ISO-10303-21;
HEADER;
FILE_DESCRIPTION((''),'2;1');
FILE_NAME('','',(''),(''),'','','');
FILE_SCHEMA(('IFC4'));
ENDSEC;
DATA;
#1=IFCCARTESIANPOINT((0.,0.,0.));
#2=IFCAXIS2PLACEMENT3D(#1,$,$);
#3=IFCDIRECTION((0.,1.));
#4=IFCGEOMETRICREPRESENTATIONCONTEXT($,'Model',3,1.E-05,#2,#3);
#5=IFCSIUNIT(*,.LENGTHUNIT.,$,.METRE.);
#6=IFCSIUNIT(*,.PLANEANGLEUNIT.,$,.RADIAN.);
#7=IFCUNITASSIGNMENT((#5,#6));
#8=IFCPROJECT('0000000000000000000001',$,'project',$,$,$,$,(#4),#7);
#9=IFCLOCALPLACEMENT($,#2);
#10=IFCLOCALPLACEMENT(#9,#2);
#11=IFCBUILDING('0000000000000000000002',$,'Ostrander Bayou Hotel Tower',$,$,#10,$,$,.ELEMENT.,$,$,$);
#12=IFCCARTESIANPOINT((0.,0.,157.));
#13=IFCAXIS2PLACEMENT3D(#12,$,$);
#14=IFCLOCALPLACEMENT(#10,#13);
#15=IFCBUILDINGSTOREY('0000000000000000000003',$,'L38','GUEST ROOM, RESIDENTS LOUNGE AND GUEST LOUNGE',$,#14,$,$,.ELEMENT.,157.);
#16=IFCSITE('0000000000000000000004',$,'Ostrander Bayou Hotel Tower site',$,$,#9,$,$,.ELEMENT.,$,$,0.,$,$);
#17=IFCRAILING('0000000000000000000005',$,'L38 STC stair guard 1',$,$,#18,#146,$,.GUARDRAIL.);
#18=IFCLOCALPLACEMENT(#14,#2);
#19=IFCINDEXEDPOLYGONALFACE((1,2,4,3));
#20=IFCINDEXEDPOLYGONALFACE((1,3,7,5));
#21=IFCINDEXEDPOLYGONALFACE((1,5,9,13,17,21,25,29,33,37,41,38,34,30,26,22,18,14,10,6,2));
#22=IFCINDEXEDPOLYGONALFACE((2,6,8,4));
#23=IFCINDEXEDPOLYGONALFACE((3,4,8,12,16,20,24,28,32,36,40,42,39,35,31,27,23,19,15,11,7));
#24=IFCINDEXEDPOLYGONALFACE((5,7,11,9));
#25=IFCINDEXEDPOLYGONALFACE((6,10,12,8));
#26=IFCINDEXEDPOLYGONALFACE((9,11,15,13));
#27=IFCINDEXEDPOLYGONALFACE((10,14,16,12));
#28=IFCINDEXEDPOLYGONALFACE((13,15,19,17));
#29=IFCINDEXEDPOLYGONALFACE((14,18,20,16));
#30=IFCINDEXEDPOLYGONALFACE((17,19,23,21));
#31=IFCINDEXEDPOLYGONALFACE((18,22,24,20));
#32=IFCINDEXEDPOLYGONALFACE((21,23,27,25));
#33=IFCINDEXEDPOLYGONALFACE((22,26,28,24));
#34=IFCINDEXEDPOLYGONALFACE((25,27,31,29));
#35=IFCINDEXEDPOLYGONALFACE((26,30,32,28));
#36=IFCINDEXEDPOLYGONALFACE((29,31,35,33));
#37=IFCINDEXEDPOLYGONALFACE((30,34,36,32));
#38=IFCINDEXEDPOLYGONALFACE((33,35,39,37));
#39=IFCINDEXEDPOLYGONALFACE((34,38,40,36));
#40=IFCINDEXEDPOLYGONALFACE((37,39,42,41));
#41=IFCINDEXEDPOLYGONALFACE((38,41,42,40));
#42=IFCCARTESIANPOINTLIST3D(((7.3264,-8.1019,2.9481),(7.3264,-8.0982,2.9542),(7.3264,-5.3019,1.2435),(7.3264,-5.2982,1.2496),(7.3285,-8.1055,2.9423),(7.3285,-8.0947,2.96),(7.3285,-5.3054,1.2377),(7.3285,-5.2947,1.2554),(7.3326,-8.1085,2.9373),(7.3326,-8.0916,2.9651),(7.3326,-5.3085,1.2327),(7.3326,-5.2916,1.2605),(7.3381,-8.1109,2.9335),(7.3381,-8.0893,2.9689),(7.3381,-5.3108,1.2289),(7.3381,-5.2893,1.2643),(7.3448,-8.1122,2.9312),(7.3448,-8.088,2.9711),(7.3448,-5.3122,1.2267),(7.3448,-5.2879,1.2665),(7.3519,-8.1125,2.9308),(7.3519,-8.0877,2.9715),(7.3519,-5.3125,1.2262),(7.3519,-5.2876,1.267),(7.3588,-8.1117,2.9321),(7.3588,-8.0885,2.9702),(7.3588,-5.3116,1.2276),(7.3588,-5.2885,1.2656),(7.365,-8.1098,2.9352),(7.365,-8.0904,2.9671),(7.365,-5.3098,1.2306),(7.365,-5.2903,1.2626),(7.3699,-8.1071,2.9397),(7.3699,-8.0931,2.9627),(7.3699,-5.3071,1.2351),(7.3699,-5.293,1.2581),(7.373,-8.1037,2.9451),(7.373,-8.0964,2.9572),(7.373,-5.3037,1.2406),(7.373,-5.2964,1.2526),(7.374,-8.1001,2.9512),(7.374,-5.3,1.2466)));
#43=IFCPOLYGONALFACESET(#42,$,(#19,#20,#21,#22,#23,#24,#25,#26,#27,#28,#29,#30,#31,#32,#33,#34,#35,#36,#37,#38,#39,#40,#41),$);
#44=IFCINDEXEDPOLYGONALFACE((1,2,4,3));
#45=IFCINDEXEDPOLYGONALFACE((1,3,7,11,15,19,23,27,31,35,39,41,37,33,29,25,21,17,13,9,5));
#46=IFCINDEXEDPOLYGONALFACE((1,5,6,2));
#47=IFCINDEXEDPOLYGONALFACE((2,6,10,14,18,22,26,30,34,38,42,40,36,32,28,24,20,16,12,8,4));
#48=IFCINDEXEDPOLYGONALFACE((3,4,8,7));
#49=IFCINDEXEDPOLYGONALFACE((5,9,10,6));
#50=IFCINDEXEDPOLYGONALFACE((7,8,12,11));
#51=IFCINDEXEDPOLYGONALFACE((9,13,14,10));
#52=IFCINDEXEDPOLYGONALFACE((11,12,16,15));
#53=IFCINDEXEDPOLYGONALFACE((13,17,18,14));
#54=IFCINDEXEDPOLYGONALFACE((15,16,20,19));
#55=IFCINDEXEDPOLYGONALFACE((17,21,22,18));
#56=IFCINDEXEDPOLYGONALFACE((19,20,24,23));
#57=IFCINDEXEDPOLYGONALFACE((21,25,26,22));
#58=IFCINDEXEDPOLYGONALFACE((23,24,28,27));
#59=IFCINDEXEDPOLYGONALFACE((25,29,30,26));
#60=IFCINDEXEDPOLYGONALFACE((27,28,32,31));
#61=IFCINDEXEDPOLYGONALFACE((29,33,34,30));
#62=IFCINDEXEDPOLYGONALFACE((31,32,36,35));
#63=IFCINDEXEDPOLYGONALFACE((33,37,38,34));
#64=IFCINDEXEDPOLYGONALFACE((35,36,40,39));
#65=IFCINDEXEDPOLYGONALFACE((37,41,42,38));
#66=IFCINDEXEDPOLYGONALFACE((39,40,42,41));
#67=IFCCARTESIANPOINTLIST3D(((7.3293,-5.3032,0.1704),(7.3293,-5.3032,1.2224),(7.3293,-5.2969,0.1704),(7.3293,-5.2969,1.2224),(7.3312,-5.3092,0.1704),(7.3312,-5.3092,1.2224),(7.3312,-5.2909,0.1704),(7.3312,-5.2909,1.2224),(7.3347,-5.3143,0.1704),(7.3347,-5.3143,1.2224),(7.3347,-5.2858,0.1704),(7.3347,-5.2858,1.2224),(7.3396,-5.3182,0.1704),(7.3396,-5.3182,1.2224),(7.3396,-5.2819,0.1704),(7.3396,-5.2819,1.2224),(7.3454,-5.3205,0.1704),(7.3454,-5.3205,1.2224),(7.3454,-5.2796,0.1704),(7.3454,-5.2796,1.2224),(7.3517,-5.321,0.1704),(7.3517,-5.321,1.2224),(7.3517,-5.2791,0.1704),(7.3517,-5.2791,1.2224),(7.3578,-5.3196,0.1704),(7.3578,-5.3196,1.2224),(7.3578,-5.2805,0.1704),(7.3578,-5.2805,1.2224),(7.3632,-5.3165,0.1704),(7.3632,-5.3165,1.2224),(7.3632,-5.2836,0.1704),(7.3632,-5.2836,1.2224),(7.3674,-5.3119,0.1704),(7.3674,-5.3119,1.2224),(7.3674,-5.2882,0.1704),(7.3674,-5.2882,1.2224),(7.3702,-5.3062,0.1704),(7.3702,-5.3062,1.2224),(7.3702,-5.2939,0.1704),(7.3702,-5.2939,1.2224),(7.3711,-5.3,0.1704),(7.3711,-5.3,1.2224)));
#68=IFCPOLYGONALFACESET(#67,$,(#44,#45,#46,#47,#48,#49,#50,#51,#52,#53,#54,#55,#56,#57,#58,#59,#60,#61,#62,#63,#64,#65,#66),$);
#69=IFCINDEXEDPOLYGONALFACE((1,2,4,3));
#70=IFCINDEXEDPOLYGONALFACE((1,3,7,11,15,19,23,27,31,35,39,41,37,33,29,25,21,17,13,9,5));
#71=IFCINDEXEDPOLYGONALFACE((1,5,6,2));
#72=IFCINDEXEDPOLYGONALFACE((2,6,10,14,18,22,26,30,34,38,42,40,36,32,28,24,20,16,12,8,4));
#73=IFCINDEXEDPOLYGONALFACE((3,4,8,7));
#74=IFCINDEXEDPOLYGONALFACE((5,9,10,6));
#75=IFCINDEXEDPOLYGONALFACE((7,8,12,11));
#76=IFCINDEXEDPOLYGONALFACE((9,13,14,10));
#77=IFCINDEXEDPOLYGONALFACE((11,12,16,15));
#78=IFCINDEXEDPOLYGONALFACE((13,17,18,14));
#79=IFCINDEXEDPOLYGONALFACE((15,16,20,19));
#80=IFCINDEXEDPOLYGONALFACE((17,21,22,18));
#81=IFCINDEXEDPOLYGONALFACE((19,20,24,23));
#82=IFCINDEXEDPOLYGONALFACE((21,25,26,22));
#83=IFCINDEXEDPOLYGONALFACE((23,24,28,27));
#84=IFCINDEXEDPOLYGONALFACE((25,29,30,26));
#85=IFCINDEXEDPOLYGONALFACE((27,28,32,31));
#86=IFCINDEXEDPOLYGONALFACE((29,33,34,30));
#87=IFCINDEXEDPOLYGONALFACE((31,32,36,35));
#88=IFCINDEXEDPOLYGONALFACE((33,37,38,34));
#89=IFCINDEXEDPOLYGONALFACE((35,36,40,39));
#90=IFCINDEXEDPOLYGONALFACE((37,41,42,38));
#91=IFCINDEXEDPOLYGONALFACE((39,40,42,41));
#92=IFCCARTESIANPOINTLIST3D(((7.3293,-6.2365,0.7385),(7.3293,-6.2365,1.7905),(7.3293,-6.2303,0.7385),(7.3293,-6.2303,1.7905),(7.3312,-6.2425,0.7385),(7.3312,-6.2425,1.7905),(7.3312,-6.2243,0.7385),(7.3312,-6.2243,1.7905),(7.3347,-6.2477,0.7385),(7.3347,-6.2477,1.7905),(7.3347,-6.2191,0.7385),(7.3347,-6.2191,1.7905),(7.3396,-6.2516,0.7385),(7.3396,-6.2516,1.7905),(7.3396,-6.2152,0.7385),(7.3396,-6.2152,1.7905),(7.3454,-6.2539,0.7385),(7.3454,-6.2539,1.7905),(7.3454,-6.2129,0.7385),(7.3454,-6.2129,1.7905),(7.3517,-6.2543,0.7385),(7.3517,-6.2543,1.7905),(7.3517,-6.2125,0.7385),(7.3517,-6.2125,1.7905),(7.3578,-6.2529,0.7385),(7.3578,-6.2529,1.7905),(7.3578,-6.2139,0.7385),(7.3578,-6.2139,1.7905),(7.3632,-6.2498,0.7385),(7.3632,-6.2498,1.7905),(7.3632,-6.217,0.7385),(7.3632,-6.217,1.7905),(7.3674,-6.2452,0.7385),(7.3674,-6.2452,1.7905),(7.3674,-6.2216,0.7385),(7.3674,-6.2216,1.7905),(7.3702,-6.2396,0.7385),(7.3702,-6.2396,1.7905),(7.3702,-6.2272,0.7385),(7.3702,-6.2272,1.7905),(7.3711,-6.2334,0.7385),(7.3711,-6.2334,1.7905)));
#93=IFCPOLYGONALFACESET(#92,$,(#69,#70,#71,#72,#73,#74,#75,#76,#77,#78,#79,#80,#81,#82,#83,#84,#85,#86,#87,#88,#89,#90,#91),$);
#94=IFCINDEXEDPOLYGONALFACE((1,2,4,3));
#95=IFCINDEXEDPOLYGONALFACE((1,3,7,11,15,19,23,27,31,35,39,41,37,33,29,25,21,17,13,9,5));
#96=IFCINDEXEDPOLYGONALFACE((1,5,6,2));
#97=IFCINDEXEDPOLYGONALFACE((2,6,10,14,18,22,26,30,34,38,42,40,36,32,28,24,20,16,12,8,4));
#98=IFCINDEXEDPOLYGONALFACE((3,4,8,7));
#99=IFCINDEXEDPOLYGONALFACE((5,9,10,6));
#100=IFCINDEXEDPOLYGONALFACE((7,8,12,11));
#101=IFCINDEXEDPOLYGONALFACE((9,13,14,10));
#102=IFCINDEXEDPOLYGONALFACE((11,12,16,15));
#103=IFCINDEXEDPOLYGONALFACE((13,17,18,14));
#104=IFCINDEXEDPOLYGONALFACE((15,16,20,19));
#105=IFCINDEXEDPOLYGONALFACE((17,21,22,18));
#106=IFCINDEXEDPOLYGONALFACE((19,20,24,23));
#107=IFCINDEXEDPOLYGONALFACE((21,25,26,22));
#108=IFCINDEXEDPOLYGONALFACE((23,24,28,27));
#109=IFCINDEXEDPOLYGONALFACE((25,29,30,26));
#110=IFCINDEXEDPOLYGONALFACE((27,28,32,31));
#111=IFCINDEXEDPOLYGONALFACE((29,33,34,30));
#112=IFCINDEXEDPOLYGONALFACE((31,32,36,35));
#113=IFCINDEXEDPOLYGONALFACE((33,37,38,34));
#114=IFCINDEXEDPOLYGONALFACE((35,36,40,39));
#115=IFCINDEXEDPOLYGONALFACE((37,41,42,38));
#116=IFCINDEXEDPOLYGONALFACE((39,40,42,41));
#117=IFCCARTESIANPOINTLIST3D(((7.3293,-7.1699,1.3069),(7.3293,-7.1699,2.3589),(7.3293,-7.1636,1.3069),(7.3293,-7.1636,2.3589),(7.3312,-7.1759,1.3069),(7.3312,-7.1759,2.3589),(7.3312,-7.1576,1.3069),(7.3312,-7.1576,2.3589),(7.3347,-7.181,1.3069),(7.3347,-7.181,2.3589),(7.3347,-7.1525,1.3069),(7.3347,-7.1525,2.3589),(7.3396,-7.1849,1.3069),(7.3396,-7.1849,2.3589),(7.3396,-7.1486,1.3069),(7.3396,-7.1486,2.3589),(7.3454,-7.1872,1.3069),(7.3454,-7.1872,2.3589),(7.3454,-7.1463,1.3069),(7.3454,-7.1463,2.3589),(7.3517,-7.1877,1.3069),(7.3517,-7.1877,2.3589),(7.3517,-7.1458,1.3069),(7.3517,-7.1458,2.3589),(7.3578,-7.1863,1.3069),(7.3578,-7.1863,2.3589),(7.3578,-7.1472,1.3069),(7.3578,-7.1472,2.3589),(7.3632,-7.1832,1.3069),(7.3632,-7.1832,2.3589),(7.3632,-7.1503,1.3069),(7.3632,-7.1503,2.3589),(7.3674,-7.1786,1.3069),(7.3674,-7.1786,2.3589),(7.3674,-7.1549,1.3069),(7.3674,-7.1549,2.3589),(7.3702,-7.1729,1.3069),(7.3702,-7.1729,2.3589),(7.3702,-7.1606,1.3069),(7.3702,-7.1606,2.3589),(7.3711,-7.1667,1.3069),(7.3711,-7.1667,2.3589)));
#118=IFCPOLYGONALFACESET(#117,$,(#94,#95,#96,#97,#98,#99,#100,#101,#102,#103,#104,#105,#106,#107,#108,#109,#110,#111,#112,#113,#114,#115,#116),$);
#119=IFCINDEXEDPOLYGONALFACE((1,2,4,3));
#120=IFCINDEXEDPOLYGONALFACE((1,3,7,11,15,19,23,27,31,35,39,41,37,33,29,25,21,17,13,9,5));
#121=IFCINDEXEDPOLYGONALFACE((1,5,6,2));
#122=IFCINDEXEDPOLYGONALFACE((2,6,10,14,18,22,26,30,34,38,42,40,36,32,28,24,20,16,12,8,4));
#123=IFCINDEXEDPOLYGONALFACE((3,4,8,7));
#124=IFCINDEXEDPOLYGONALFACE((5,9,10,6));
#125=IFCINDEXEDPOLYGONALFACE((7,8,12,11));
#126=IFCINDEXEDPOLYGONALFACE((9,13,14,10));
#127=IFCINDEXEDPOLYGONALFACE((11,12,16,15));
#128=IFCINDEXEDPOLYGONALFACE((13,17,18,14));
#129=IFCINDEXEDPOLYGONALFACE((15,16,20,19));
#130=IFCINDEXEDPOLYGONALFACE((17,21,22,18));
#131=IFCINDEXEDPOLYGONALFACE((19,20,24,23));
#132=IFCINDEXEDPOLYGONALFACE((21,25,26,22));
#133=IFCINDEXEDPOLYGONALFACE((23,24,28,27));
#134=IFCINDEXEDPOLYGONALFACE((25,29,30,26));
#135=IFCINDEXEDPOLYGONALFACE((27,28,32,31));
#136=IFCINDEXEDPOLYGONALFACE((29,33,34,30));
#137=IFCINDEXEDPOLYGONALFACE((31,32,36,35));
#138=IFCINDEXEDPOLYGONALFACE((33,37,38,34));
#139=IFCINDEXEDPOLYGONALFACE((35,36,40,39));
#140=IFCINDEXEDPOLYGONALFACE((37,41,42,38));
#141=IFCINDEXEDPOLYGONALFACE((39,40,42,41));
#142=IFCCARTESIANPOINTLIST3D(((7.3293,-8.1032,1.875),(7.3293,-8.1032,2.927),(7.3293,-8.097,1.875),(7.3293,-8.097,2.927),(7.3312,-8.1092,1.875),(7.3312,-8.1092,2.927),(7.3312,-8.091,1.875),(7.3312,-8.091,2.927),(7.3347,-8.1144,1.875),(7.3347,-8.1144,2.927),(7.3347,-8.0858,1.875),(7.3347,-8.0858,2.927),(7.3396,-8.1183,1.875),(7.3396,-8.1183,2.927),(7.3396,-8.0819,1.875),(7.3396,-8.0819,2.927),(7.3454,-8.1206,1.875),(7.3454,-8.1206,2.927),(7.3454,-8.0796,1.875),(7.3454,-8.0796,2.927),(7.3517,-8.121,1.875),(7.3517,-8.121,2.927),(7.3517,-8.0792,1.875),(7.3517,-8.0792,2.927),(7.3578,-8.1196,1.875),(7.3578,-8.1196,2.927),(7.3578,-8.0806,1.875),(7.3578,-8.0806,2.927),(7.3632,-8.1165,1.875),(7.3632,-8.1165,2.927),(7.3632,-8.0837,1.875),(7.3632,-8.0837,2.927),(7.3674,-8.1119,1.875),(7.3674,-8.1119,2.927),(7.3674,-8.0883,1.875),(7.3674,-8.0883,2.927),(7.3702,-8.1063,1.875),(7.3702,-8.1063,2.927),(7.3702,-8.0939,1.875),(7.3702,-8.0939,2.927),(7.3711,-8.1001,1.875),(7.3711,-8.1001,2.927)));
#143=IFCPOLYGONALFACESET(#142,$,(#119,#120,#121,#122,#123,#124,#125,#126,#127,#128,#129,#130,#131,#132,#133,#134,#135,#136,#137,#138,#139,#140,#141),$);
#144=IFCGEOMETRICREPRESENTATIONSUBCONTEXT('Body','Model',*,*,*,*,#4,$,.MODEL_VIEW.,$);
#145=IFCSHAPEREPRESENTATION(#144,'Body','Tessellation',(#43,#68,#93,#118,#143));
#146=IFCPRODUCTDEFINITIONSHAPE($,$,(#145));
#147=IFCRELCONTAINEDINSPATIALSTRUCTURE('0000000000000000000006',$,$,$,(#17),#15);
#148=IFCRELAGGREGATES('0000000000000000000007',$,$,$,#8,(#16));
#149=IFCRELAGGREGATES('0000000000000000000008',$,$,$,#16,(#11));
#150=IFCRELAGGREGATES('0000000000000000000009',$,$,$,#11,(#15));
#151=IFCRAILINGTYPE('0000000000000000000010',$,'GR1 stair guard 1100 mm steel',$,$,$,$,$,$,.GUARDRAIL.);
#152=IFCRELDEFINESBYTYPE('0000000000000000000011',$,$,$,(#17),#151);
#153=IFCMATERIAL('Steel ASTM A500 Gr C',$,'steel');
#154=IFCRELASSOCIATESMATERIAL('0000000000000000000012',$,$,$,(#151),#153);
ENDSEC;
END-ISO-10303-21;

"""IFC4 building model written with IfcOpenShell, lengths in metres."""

from ifc_helpers import new_model, si_unit, direction, frame, origin, origin_2d, place, context, subcontext, project, spatial, circle, extrude, material, type_object, element, save


model = new_model("IFC4")

# Units and contexts
model_context = context("Model", 3, precision=1e-05, world=origin(), true_north=direction((0.0, 1.0)))
body_context = subcontext(model_context, "Body", "Model", "MODEL_VIEW")
ifc_project = project(units=[si_unit("LENGTHUNIT", "METRE"), si_unit("PLANEANGLEUNIT", "RADIAN")], contexts=[model_context])

# Site, building, storey
site_placement = place(None, origin())
site = spatial("IfcSite", under=ifc_project, at=site_placement, Name="Ostrander Bayou Hotel Tower site", CompositionType="ELEMENT", RefElevation=0.0)
building_placement = place(site_placement, origin())
building = spatial("IfcBuilding", under=site, at=building_placement, Name="Ostrander Bayou Hotel Tower", CompositionType="ELEMENT")
storey_placement = place(building_placement, frame((0.0, 0.0, 157.0)))
storey = spatial("IfcBuildingStorey", under=building, at=storey_placement, Name="L38", Description="GUEST ROOM, RESIDENTS LOUNGE AND GUEST LOUNGE", CompositionType="ELEMENT", Elevation=157.0)

# Railing
ifc_material_1 = material(Name="Steel ASTM A500 Gr C", Category="steel")
railing_type_1 = type_object("IfcRailingType", Name="GR1 stair guard 1100 mm steel", PredefinedType="GUARDRAIL", material=ifc_material_1)
railing_1_placement = place(storey_placement, frame((7.3501, -5.3, 0.1704)))
element("IfcRailing", 1, at=railing_1_placement, inside=storey, type_object=railing_type_1, Name="L38 STC stair guard 1", PredefinedType="GUARDRAIL", context=body_context, shape_type="SweptSolid", body=[
    extrude(circle(Radius=0.0239, at=origin_2d()), frame((0.0, 0.0, 1.0762), z_axis=(0.0, -0.85417, 0.519994), x_axis=(1.0, 0.0, 0.0)), (0.0, 0.0, 1.0), 3.2781),
    extrude(circle(Radius=0.021, at=origin_2d()), origin(), (0.0, 0.0, 1.0), 1.052),
    extrude(circle(Radius=0.021, at=origin_2d()), frame((0.0, -0.9333, 0.5681)), (0.0, 0.0, 1.0), 1.052),
    extrude(circle(Radius=0.021, at=origin_2d()), frame((0.0, -1.8667, 1.1365)), (0.0, 0.0, 1.0), 1.052),
    extrude(circle(Radius=0.021, at=origin_2d()), frame((0.0, -2.8, 1.7046)), (0.0, 0.0, 1.0), 1.052),
])

save(model, "model.ifc")
